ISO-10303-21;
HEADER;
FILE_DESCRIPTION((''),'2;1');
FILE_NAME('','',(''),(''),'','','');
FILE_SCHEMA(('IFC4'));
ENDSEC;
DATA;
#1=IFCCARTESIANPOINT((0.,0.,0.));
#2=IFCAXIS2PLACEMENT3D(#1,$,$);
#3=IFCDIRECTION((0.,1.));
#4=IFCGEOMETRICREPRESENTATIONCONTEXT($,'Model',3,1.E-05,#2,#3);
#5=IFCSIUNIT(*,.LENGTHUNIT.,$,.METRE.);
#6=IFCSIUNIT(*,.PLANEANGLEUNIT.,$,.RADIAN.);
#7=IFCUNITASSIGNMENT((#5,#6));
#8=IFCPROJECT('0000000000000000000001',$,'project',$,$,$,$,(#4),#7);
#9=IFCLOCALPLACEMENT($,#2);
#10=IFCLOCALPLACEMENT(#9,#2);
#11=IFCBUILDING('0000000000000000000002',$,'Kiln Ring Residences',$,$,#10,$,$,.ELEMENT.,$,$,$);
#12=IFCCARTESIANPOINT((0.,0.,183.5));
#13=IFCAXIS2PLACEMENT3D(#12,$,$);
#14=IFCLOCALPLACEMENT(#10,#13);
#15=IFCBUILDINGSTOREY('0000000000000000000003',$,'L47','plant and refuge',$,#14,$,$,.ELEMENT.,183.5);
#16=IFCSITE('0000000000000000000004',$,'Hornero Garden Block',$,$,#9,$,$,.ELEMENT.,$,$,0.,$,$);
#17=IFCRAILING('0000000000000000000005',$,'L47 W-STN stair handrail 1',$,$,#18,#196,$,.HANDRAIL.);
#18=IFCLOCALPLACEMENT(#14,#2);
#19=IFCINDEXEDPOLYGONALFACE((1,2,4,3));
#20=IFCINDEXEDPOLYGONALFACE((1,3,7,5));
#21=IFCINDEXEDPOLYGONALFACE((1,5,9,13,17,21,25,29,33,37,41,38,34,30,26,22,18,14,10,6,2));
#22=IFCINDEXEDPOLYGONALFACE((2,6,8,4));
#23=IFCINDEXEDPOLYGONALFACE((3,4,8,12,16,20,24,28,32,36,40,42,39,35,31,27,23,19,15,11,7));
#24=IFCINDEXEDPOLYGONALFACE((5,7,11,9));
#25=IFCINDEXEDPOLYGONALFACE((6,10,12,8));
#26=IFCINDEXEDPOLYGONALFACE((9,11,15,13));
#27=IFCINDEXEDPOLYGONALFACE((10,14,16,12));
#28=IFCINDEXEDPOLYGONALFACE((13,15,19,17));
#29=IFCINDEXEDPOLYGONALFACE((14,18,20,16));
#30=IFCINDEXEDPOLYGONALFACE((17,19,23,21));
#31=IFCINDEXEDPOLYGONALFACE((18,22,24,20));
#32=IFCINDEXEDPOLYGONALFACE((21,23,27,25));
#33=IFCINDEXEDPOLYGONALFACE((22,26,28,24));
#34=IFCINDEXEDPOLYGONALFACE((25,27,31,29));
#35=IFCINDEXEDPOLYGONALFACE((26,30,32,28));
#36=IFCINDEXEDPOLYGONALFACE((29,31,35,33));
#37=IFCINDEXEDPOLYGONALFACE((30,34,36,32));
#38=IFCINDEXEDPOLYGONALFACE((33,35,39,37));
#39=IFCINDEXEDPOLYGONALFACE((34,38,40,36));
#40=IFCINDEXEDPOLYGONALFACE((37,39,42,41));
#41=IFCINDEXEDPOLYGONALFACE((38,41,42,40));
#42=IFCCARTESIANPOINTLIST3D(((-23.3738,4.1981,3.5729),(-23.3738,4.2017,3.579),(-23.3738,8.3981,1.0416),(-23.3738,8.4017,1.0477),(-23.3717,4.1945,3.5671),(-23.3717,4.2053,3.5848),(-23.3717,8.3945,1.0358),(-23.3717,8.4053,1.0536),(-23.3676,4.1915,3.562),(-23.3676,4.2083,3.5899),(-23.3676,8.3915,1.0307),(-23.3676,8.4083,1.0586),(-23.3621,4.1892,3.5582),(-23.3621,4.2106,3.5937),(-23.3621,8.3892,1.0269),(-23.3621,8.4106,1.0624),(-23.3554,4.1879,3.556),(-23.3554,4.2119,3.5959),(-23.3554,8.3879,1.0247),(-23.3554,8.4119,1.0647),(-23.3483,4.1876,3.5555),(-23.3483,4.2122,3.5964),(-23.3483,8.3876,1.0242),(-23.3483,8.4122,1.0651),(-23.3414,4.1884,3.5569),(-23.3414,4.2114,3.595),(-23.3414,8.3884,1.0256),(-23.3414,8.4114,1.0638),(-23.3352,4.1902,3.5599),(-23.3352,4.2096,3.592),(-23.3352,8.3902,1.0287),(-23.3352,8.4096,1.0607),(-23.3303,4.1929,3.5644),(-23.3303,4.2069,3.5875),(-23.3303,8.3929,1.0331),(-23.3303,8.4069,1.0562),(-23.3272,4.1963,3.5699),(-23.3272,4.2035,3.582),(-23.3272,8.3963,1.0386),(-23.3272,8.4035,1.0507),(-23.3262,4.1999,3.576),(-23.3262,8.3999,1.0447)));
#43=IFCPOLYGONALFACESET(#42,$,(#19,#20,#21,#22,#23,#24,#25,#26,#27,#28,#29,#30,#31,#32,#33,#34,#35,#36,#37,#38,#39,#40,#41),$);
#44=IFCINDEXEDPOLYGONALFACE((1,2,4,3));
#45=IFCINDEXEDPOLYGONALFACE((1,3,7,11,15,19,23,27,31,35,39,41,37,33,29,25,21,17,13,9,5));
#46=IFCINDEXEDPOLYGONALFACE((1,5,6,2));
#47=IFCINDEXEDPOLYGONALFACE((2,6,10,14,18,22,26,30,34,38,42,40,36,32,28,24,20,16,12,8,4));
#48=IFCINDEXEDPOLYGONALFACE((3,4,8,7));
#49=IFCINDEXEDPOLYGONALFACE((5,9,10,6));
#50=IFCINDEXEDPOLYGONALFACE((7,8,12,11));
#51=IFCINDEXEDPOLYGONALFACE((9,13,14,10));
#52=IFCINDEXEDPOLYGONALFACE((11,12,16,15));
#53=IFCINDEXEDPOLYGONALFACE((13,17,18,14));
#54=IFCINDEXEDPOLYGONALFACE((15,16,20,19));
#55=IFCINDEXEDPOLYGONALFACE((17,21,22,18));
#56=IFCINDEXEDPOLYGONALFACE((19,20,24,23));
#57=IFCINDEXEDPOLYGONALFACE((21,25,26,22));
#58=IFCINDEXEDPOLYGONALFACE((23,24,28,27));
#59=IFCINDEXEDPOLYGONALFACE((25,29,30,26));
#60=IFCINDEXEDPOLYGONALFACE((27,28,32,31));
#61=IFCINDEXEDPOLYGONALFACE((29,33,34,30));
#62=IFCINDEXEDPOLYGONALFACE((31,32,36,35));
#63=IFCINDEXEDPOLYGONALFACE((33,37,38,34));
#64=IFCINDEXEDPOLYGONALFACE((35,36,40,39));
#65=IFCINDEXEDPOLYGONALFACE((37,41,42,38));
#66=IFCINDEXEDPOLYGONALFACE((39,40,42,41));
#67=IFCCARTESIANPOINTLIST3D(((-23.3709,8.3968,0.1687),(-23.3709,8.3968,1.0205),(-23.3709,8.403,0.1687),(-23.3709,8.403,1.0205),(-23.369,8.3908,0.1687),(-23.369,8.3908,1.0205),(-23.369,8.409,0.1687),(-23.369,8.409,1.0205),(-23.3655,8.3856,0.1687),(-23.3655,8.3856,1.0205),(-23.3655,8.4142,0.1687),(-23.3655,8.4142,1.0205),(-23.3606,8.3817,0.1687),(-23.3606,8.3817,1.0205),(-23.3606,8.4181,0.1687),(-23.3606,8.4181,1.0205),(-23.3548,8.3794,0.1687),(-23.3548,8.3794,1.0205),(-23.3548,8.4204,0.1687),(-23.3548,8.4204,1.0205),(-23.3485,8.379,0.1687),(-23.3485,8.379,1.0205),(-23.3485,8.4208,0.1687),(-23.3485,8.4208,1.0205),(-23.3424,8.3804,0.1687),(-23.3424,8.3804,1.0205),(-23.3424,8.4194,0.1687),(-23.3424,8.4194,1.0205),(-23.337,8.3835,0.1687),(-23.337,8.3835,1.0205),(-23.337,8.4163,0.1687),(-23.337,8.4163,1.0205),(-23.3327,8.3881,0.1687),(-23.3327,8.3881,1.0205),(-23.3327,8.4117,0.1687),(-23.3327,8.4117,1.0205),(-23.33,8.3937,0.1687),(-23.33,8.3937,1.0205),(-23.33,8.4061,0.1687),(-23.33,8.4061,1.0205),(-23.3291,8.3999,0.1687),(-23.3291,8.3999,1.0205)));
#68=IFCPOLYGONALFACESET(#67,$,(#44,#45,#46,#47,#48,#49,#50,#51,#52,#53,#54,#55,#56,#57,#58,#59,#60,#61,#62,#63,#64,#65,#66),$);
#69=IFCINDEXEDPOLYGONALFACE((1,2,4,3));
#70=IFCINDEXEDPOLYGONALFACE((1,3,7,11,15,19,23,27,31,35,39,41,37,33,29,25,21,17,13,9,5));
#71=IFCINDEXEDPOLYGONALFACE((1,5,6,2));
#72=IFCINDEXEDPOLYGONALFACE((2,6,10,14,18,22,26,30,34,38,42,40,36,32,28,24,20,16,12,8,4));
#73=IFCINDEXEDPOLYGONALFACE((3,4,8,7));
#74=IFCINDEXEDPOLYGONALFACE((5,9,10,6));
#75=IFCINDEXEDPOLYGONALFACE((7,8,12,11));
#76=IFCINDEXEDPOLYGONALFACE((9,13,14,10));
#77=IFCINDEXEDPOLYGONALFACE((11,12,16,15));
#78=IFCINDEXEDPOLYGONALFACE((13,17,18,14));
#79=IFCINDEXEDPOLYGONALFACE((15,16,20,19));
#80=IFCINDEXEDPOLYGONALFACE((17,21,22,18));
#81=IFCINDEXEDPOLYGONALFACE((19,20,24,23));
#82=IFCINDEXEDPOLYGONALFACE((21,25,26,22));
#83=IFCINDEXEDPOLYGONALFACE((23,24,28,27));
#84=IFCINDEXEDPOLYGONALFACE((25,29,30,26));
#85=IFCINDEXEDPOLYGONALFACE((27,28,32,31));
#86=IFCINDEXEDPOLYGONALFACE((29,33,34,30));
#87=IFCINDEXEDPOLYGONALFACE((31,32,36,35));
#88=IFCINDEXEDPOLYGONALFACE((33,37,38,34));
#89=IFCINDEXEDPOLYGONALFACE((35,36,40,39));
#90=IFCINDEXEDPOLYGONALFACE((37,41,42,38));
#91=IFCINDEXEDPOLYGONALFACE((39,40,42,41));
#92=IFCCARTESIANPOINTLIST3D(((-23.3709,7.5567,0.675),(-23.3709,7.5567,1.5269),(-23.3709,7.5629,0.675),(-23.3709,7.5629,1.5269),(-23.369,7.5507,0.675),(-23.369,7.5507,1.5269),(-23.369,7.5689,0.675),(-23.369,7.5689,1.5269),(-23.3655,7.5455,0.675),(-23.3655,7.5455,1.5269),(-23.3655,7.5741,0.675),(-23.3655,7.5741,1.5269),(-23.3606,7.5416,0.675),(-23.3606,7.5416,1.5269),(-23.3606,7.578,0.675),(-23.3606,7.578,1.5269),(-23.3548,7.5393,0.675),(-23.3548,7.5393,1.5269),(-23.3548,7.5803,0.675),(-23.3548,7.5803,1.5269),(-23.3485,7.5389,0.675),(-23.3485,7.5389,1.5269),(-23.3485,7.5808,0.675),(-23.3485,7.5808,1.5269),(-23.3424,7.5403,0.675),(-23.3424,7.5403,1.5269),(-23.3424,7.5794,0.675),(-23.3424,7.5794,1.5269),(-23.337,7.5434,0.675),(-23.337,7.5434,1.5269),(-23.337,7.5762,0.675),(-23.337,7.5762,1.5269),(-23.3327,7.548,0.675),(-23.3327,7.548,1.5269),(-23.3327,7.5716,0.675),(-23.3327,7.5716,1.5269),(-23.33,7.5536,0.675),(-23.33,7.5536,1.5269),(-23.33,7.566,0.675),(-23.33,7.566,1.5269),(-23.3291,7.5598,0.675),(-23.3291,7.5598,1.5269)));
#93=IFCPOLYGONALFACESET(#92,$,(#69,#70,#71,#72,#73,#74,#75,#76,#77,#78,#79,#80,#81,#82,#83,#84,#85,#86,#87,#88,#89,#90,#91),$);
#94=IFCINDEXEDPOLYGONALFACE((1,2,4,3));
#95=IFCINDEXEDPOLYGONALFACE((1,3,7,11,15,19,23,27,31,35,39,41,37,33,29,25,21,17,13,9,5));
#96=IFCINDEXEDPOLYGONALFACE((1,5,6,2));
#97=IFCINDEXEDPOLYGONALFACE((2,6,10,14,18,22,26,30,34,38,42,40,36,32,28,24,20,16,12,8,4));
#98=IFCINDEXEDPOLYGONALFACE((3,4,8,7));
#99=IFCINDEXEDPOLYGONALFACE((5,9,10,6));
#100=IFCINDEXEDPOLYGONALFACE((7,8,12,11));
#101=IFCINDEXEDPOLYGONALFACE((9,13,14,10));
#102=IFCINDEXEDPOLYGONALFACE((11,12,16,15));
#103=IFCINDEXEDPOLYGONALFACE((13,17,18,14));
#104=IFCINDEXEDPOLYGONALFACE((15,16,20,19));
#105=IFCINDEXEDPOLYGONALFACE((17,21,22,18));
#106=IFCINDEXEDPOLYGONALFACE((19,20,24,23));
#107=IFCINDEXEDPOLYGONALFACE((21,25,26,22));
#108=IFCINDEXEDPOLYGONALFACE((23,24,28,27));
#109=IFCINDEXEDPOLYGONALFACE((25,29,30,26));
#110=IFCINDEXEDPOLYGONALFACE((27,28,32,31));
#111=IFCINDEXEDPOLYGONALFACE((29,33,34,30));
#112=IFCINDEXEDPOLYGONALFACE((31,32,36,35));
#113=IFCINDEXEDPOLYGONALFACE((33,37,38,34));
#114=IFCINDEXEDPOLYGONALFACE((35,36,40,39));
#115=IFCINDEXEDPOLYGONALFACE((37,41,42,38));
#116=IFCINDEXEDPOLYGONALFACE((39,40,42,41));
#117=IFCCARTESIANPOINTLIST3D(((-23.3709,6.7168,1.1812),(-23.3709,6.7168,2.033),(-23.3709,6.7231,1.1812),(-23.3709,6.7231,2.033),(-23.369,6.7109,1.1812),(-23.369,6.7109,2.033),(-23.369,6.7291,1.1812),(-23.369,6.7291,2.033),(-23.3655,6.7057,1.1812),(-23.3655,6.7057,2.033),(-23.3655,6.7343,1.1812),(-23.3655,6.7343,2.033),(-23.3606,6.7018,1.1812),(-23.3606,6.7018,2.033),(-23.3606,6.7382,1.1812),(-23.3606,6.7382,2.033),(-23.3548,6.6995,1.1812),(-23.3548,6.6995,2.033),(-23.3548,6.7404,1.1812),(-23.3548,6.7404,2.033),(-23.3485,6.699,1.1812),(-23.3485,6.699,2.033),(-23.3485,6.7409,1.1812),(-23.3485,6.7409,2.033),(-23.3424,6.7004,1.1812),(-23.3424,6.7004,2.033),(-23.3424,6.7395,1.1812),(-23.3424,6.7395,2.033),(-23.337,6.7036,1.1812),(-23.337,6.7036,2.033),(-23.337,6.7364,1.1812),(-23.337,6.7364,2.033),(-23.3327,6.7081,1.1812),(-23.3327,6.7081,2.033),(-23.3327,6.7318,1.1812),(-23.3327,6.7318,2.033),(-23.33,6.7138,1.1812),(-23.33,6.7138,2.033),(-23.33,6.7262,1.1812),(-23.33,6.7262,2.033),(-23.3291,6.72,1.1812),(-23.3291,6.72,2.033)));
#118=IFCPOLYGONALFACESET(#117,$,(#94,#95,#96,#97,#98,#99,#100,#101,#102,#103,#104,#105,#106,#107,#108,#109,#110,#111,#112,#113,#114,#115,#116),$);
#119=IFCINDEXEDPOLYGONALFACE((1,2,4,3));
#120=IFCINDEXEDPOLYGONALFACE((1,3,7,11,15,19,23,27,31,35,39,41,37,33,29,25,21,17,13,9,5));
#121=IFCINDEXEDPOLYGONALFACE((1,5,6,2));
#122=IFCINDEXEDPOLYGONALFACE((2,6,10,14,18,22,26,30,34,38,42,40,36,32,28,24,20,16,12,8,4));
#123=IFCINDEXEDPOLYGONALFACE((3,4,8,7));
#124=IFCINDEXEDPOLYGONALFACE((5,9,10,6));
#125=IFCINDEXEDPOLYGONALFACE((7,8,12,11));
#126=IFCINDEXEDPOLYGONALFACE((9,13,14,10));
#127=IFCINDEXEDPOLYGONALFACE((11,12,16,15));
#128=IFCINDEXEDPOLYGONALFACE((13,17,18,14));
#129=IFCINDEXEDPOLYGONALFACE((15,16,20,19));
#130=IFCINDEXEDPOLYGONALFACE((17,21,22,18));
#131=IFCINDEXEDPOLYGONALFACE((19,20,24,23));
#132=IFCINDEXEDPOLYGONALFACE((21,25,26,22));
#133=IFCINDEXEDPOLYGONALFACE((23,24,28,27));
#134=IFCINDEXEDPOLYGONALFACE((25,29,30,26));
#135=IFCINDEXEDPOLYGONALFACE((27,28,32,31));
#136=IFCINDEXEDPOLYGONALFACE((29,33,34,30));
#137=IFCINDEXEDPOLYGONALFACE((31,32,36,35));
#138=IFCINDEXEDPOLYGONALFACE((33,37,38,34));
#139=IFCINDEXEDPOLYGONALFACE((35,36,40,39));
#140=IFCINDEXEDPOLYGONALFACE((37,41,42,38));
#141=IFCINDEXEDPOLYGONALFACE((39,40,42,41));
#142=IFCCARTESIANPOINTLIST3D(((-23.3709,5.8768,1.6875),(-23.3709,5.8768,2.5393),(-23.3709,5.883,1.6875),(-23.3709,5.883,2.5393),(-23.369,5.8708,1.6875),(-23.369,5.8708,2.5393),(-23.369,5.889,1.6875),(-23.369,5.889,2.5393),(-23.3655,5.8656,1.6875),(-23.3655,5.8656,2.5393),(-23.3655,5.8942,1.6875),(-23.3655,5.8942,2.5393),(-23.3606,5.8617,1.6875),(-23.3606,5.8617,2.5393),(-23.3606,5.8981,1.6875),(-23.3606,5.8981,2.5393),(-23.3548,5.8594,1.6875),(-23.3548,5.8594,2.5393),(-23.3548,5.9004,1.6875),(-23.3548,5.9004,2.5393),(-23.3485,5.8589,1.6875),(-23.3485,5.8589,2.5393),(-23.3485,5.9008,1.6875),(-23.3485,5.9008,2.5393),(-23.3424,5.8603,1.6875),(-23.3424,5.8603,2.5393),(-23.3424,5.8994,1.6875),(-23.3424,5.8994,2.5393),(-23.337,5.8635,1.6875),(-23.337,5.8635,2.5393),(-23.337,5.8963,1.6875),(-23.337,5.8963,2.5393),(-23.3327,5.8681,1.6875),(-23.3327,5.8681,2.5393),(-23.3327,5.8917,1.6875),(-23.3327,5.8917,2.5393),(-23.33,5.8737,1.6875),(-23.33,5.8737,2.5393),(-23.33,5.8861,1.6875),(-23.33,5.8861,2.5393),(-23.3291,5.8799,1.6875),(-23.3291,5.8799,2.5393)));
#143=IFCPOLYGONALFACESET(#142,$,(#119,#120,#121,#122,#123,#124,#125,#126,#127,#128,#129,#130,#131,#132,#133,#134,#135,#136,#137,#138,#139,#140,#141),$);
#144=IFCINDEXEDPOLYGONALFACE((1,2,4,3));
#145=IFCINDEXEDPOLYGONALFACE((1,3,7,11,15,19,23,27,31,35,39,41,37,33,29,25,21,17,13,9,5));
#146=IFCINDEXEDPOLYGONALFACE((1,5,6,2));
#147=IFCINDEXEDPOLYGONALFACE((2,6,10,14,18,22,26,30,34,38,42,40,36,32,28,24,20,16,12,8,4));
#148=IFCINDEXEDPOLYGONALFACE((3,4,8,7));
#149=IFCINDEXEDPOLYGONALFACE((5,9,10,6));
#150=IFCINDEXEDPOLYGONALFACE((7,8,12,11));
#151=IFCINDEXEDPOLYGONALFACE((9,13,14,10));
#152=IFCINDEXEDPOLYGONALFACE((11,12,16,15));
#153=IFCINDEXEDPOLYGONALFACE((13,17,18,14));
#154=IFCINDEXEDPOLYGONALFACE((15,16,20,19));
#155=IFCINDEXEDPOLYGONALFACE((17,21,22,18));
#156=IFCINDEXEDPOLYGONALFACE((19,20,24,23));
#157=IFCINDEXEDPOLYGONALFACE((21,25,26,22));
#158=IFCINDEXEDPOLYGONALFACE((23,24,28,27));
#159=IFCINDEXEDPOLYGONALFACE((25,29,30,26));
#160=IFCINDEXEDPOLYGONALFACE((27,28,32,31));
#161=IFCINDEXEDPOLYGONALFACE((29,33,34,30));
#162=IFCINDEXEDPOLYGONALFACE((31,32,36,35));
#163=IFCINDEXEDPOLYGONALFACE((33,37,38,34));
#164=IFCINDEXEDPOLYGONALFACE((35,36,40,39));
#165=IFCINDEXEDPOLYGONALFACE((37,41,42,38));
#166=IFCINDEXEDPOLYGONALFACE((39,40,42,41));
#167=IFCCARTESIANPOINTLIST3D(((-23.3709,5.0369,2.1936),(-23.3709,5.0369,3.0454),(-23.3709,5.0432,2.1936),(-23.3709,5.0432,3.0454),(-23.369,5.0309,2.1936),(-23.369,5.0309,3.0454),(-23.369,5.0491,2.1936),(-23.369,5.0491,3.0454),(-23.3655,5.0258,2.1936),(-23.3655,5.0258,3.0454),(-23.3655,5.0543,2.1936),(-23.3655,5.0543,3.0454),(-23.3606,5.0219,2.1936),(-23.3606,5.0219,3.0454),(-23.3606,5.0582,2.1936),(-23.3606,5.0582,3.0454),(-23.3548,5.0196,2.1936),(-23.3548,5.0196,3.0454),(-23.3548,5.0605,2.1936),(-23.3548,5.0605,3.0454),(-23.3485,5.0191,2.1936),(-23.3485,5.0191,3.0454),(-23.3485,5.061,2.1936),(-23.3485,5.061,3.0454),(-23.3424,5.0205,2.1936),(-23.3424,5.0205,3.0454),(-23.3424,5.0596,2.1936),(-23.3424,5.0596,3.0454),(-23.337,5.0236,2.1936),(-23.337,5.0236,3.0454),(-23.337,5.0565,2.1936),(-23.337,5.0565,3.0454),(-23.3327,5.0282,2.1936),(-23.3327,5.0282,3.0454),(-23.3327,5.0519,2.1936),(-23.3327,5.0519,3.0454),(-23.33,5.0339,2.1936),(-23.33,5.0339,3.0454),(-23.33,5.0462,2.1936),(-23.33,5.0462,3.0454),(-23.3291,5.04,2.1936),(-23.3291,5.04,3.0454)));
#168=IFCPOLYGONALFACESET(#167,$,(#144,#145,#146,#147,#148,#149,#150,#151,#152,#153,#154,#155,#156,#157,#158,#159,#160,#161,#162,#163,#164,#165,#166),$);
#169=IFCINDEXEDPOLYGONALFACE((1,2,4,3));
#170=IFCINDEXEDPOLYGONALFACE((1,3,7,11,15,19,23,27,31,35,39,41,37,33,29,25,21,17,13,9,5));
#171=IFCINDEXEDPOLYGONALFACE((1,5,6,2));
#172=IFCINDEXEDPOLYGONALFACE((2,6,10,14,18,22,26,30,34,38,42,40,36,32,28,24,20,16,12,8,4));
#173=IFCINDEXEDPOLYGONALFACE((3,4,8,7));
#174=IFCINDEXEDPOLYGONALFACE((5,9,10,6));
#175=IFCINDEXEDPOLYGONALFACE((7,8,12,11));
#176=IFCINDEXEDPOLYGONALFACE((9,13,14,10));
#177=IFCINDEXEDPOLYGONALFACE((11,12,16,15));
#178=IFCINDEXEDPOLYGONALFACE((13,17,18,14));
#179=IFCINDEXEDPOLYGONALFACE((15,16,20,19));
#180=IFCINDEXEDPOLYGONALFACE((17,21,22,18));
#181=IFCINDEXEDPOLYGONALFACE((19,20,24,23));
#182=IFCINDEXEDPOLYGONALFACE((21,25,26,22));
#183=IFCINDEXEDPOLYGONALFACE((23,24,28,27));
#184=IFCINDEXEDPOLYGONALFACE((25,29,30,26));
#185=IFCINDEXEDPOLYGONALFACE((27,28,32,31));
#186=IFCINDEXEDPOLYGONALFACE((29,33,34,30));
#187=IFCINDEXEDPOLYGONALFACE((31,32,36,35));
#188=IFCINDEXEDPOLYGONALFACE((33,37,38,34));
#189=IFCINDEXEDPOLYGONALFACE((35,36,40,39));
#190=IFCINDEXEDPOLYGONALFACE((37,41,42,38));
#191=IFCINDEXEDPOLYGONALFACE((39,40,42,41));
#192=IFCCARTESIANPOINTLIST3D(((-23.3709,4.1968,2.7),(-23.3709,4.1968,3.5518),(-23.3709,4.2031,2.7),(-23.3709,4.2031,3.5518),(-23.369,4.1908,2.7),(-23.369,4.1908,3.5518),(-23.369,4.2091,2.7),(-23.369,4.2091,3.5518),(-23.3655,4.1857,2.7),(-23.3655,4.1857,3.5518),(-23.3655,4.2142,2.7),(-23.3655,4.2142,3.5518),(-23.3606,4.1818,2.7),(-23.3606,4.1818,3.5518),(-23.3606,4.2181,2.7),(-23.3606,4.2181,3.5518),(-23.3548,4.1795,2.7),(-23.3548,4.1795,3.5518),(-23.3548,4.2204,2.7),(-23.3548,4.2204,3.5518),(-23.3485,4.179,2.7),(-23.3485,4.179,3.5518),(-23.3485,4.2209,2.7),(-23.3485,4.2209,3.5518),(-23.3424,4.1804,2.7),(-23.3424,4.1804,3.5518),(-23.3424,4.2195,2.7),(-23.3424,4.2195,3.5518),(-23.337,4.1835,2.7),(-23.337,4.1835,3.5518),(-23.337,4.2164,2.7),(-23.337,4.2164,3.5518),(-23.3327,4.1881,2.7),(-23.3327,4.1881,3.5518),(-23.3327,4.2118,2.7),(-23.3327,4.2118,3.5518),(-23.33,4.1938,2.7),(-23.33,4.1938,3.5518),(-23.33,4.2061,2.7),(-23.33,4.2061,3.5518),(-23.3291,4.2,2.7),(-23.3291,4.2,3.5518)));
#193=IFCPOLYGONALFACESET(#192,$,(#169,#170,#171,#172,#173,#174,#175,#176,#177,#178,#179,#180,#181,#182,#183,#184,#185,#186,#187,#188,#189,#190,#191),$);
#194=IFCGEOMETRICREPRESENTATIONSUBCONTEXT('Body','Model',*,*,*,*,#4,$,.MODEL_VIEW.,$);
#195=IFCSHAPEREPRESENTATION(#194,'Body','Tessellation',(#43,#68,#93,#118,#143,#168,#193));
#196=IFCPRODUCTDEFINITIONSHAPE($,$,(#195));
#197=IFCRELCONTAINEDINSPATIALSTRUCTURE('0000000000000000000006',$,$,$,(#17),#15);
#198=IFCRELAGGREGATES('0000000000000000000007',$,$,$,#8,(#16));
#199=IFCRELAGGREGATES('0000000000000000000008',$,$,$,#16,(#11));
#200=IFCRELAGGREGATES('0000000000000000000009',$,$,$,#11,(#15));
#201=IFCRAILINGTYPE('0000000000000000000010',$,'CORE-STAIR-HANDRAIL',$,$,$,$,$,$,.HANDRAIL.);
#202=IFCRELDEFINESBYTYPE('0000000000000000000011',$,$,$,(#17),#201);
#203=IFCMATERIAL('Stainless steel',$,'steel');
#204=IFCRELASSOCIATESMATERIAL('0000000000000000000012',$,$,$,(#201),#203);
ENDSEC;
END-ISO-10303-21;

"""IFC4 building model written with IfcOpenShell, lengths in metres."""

from ifc_helpers import new_model, si_unit, direction, frame, origin, origin_2d, place, context, subcontext, project, spatial, circle, extrude, material, type_object, element, save


model = new_model("IFC4")

# Units and contexts
model_context = context("Model", 3, precision=1e-05, world=origin(), true_north=direction((0.0, 1.0)))
body_context = subcontext(model_context, "Body", "Model", "MODEL_VIEW")
ifc_project = project(units=[si_unit("LENGTHUNIT", "METRE"), si_unit("PLANEANGLEUNIT", "RADIAN")], contexts=[model_context])

# Site, building, storey
site_placement = place(None, origin())
site = spatial("IfcSite", under=ifc_project, at=site_placement, Name="Hornero Garden Block", CompositionType="ELEMENT", RefElevation=0.0)
building_placement = place(site_placement, origin())
building = spatial("IfcBuilding", under=site, at=building_placement, Name="Kiln Ring Residences", CompositionType="ELEMENT")
storey_placement = place(building_placement, frame((0.0, 0.0, 183.5)))
storey = spatial("IfcBuildingStorey", under=building, at=storey_placement, Name="L47", Description="plant and refuge", CompositionType="ELEMENT", Elevation=183.5)

# Railing
ifc_material_1 = material(Name="Stainless steel", Category="steel")
railing_type_1 = type_object("IfcRailingType", Name="CORE-STAIR-HANDRAIL", PredefinedType="HANDRAIL", material=ifc_material_1)
railing_1_placement = place(storey_placement, frame((-23.3501, 8.3999, 0.1687)))
element("IfcRailing", 1, at=railing_1_placement, inside=storey, type_object=railing_type_1, Name="L47 W-STN stair handrail 1", PredefinedType="HANDRAIL", context=body_context, shape_type="SweptSolid", body=[
    extrude(circle(Radius=0.0239, at=origin_2d()), frame((0.0, 0.0, 0.876), z_axis=(0.0, -0.856476, 0.516186), x_axis=(1.0, 0.0, 0.0)), (0.0, 0.0, 1.0), 4.9038),
    extrude(circle(Radius=0.021, at=origin_2d()), origin(), (0.0, 0.0, 1.0), 0.8518),
    extrude(circle(Radius=0.021, at=origin_2d()), frame((0.0, -0.8401, 0.5063)), (0.0, 0.0, 1.0), 0.8518),
    extrude(circle(Radius=0.021, at=origin_2d()), frame((0.0, -1.6799, 1.0125)), (0.0, 0.0, 1.0), 0.8518),
    extrude(circle(Radius=0.021, at=origin_2d()), frame((0.0, -2.52, 1.5188)), (0.0, 0.0, 1.0), 0.8518),
    extrude(circle(Radius=0.021, at=origin_2d()), frame((0.0, -3.3599, 2.0249)), (0.0, 0.0, 1.0), 0.8518),
    extrude(circle(Radius=0.021, at=origin_2d()), frame((0.0, -4.2, 2.5312)), (0.0, 0.0, 1.0), 0.8518),
])

save(model, "model.ifc")
